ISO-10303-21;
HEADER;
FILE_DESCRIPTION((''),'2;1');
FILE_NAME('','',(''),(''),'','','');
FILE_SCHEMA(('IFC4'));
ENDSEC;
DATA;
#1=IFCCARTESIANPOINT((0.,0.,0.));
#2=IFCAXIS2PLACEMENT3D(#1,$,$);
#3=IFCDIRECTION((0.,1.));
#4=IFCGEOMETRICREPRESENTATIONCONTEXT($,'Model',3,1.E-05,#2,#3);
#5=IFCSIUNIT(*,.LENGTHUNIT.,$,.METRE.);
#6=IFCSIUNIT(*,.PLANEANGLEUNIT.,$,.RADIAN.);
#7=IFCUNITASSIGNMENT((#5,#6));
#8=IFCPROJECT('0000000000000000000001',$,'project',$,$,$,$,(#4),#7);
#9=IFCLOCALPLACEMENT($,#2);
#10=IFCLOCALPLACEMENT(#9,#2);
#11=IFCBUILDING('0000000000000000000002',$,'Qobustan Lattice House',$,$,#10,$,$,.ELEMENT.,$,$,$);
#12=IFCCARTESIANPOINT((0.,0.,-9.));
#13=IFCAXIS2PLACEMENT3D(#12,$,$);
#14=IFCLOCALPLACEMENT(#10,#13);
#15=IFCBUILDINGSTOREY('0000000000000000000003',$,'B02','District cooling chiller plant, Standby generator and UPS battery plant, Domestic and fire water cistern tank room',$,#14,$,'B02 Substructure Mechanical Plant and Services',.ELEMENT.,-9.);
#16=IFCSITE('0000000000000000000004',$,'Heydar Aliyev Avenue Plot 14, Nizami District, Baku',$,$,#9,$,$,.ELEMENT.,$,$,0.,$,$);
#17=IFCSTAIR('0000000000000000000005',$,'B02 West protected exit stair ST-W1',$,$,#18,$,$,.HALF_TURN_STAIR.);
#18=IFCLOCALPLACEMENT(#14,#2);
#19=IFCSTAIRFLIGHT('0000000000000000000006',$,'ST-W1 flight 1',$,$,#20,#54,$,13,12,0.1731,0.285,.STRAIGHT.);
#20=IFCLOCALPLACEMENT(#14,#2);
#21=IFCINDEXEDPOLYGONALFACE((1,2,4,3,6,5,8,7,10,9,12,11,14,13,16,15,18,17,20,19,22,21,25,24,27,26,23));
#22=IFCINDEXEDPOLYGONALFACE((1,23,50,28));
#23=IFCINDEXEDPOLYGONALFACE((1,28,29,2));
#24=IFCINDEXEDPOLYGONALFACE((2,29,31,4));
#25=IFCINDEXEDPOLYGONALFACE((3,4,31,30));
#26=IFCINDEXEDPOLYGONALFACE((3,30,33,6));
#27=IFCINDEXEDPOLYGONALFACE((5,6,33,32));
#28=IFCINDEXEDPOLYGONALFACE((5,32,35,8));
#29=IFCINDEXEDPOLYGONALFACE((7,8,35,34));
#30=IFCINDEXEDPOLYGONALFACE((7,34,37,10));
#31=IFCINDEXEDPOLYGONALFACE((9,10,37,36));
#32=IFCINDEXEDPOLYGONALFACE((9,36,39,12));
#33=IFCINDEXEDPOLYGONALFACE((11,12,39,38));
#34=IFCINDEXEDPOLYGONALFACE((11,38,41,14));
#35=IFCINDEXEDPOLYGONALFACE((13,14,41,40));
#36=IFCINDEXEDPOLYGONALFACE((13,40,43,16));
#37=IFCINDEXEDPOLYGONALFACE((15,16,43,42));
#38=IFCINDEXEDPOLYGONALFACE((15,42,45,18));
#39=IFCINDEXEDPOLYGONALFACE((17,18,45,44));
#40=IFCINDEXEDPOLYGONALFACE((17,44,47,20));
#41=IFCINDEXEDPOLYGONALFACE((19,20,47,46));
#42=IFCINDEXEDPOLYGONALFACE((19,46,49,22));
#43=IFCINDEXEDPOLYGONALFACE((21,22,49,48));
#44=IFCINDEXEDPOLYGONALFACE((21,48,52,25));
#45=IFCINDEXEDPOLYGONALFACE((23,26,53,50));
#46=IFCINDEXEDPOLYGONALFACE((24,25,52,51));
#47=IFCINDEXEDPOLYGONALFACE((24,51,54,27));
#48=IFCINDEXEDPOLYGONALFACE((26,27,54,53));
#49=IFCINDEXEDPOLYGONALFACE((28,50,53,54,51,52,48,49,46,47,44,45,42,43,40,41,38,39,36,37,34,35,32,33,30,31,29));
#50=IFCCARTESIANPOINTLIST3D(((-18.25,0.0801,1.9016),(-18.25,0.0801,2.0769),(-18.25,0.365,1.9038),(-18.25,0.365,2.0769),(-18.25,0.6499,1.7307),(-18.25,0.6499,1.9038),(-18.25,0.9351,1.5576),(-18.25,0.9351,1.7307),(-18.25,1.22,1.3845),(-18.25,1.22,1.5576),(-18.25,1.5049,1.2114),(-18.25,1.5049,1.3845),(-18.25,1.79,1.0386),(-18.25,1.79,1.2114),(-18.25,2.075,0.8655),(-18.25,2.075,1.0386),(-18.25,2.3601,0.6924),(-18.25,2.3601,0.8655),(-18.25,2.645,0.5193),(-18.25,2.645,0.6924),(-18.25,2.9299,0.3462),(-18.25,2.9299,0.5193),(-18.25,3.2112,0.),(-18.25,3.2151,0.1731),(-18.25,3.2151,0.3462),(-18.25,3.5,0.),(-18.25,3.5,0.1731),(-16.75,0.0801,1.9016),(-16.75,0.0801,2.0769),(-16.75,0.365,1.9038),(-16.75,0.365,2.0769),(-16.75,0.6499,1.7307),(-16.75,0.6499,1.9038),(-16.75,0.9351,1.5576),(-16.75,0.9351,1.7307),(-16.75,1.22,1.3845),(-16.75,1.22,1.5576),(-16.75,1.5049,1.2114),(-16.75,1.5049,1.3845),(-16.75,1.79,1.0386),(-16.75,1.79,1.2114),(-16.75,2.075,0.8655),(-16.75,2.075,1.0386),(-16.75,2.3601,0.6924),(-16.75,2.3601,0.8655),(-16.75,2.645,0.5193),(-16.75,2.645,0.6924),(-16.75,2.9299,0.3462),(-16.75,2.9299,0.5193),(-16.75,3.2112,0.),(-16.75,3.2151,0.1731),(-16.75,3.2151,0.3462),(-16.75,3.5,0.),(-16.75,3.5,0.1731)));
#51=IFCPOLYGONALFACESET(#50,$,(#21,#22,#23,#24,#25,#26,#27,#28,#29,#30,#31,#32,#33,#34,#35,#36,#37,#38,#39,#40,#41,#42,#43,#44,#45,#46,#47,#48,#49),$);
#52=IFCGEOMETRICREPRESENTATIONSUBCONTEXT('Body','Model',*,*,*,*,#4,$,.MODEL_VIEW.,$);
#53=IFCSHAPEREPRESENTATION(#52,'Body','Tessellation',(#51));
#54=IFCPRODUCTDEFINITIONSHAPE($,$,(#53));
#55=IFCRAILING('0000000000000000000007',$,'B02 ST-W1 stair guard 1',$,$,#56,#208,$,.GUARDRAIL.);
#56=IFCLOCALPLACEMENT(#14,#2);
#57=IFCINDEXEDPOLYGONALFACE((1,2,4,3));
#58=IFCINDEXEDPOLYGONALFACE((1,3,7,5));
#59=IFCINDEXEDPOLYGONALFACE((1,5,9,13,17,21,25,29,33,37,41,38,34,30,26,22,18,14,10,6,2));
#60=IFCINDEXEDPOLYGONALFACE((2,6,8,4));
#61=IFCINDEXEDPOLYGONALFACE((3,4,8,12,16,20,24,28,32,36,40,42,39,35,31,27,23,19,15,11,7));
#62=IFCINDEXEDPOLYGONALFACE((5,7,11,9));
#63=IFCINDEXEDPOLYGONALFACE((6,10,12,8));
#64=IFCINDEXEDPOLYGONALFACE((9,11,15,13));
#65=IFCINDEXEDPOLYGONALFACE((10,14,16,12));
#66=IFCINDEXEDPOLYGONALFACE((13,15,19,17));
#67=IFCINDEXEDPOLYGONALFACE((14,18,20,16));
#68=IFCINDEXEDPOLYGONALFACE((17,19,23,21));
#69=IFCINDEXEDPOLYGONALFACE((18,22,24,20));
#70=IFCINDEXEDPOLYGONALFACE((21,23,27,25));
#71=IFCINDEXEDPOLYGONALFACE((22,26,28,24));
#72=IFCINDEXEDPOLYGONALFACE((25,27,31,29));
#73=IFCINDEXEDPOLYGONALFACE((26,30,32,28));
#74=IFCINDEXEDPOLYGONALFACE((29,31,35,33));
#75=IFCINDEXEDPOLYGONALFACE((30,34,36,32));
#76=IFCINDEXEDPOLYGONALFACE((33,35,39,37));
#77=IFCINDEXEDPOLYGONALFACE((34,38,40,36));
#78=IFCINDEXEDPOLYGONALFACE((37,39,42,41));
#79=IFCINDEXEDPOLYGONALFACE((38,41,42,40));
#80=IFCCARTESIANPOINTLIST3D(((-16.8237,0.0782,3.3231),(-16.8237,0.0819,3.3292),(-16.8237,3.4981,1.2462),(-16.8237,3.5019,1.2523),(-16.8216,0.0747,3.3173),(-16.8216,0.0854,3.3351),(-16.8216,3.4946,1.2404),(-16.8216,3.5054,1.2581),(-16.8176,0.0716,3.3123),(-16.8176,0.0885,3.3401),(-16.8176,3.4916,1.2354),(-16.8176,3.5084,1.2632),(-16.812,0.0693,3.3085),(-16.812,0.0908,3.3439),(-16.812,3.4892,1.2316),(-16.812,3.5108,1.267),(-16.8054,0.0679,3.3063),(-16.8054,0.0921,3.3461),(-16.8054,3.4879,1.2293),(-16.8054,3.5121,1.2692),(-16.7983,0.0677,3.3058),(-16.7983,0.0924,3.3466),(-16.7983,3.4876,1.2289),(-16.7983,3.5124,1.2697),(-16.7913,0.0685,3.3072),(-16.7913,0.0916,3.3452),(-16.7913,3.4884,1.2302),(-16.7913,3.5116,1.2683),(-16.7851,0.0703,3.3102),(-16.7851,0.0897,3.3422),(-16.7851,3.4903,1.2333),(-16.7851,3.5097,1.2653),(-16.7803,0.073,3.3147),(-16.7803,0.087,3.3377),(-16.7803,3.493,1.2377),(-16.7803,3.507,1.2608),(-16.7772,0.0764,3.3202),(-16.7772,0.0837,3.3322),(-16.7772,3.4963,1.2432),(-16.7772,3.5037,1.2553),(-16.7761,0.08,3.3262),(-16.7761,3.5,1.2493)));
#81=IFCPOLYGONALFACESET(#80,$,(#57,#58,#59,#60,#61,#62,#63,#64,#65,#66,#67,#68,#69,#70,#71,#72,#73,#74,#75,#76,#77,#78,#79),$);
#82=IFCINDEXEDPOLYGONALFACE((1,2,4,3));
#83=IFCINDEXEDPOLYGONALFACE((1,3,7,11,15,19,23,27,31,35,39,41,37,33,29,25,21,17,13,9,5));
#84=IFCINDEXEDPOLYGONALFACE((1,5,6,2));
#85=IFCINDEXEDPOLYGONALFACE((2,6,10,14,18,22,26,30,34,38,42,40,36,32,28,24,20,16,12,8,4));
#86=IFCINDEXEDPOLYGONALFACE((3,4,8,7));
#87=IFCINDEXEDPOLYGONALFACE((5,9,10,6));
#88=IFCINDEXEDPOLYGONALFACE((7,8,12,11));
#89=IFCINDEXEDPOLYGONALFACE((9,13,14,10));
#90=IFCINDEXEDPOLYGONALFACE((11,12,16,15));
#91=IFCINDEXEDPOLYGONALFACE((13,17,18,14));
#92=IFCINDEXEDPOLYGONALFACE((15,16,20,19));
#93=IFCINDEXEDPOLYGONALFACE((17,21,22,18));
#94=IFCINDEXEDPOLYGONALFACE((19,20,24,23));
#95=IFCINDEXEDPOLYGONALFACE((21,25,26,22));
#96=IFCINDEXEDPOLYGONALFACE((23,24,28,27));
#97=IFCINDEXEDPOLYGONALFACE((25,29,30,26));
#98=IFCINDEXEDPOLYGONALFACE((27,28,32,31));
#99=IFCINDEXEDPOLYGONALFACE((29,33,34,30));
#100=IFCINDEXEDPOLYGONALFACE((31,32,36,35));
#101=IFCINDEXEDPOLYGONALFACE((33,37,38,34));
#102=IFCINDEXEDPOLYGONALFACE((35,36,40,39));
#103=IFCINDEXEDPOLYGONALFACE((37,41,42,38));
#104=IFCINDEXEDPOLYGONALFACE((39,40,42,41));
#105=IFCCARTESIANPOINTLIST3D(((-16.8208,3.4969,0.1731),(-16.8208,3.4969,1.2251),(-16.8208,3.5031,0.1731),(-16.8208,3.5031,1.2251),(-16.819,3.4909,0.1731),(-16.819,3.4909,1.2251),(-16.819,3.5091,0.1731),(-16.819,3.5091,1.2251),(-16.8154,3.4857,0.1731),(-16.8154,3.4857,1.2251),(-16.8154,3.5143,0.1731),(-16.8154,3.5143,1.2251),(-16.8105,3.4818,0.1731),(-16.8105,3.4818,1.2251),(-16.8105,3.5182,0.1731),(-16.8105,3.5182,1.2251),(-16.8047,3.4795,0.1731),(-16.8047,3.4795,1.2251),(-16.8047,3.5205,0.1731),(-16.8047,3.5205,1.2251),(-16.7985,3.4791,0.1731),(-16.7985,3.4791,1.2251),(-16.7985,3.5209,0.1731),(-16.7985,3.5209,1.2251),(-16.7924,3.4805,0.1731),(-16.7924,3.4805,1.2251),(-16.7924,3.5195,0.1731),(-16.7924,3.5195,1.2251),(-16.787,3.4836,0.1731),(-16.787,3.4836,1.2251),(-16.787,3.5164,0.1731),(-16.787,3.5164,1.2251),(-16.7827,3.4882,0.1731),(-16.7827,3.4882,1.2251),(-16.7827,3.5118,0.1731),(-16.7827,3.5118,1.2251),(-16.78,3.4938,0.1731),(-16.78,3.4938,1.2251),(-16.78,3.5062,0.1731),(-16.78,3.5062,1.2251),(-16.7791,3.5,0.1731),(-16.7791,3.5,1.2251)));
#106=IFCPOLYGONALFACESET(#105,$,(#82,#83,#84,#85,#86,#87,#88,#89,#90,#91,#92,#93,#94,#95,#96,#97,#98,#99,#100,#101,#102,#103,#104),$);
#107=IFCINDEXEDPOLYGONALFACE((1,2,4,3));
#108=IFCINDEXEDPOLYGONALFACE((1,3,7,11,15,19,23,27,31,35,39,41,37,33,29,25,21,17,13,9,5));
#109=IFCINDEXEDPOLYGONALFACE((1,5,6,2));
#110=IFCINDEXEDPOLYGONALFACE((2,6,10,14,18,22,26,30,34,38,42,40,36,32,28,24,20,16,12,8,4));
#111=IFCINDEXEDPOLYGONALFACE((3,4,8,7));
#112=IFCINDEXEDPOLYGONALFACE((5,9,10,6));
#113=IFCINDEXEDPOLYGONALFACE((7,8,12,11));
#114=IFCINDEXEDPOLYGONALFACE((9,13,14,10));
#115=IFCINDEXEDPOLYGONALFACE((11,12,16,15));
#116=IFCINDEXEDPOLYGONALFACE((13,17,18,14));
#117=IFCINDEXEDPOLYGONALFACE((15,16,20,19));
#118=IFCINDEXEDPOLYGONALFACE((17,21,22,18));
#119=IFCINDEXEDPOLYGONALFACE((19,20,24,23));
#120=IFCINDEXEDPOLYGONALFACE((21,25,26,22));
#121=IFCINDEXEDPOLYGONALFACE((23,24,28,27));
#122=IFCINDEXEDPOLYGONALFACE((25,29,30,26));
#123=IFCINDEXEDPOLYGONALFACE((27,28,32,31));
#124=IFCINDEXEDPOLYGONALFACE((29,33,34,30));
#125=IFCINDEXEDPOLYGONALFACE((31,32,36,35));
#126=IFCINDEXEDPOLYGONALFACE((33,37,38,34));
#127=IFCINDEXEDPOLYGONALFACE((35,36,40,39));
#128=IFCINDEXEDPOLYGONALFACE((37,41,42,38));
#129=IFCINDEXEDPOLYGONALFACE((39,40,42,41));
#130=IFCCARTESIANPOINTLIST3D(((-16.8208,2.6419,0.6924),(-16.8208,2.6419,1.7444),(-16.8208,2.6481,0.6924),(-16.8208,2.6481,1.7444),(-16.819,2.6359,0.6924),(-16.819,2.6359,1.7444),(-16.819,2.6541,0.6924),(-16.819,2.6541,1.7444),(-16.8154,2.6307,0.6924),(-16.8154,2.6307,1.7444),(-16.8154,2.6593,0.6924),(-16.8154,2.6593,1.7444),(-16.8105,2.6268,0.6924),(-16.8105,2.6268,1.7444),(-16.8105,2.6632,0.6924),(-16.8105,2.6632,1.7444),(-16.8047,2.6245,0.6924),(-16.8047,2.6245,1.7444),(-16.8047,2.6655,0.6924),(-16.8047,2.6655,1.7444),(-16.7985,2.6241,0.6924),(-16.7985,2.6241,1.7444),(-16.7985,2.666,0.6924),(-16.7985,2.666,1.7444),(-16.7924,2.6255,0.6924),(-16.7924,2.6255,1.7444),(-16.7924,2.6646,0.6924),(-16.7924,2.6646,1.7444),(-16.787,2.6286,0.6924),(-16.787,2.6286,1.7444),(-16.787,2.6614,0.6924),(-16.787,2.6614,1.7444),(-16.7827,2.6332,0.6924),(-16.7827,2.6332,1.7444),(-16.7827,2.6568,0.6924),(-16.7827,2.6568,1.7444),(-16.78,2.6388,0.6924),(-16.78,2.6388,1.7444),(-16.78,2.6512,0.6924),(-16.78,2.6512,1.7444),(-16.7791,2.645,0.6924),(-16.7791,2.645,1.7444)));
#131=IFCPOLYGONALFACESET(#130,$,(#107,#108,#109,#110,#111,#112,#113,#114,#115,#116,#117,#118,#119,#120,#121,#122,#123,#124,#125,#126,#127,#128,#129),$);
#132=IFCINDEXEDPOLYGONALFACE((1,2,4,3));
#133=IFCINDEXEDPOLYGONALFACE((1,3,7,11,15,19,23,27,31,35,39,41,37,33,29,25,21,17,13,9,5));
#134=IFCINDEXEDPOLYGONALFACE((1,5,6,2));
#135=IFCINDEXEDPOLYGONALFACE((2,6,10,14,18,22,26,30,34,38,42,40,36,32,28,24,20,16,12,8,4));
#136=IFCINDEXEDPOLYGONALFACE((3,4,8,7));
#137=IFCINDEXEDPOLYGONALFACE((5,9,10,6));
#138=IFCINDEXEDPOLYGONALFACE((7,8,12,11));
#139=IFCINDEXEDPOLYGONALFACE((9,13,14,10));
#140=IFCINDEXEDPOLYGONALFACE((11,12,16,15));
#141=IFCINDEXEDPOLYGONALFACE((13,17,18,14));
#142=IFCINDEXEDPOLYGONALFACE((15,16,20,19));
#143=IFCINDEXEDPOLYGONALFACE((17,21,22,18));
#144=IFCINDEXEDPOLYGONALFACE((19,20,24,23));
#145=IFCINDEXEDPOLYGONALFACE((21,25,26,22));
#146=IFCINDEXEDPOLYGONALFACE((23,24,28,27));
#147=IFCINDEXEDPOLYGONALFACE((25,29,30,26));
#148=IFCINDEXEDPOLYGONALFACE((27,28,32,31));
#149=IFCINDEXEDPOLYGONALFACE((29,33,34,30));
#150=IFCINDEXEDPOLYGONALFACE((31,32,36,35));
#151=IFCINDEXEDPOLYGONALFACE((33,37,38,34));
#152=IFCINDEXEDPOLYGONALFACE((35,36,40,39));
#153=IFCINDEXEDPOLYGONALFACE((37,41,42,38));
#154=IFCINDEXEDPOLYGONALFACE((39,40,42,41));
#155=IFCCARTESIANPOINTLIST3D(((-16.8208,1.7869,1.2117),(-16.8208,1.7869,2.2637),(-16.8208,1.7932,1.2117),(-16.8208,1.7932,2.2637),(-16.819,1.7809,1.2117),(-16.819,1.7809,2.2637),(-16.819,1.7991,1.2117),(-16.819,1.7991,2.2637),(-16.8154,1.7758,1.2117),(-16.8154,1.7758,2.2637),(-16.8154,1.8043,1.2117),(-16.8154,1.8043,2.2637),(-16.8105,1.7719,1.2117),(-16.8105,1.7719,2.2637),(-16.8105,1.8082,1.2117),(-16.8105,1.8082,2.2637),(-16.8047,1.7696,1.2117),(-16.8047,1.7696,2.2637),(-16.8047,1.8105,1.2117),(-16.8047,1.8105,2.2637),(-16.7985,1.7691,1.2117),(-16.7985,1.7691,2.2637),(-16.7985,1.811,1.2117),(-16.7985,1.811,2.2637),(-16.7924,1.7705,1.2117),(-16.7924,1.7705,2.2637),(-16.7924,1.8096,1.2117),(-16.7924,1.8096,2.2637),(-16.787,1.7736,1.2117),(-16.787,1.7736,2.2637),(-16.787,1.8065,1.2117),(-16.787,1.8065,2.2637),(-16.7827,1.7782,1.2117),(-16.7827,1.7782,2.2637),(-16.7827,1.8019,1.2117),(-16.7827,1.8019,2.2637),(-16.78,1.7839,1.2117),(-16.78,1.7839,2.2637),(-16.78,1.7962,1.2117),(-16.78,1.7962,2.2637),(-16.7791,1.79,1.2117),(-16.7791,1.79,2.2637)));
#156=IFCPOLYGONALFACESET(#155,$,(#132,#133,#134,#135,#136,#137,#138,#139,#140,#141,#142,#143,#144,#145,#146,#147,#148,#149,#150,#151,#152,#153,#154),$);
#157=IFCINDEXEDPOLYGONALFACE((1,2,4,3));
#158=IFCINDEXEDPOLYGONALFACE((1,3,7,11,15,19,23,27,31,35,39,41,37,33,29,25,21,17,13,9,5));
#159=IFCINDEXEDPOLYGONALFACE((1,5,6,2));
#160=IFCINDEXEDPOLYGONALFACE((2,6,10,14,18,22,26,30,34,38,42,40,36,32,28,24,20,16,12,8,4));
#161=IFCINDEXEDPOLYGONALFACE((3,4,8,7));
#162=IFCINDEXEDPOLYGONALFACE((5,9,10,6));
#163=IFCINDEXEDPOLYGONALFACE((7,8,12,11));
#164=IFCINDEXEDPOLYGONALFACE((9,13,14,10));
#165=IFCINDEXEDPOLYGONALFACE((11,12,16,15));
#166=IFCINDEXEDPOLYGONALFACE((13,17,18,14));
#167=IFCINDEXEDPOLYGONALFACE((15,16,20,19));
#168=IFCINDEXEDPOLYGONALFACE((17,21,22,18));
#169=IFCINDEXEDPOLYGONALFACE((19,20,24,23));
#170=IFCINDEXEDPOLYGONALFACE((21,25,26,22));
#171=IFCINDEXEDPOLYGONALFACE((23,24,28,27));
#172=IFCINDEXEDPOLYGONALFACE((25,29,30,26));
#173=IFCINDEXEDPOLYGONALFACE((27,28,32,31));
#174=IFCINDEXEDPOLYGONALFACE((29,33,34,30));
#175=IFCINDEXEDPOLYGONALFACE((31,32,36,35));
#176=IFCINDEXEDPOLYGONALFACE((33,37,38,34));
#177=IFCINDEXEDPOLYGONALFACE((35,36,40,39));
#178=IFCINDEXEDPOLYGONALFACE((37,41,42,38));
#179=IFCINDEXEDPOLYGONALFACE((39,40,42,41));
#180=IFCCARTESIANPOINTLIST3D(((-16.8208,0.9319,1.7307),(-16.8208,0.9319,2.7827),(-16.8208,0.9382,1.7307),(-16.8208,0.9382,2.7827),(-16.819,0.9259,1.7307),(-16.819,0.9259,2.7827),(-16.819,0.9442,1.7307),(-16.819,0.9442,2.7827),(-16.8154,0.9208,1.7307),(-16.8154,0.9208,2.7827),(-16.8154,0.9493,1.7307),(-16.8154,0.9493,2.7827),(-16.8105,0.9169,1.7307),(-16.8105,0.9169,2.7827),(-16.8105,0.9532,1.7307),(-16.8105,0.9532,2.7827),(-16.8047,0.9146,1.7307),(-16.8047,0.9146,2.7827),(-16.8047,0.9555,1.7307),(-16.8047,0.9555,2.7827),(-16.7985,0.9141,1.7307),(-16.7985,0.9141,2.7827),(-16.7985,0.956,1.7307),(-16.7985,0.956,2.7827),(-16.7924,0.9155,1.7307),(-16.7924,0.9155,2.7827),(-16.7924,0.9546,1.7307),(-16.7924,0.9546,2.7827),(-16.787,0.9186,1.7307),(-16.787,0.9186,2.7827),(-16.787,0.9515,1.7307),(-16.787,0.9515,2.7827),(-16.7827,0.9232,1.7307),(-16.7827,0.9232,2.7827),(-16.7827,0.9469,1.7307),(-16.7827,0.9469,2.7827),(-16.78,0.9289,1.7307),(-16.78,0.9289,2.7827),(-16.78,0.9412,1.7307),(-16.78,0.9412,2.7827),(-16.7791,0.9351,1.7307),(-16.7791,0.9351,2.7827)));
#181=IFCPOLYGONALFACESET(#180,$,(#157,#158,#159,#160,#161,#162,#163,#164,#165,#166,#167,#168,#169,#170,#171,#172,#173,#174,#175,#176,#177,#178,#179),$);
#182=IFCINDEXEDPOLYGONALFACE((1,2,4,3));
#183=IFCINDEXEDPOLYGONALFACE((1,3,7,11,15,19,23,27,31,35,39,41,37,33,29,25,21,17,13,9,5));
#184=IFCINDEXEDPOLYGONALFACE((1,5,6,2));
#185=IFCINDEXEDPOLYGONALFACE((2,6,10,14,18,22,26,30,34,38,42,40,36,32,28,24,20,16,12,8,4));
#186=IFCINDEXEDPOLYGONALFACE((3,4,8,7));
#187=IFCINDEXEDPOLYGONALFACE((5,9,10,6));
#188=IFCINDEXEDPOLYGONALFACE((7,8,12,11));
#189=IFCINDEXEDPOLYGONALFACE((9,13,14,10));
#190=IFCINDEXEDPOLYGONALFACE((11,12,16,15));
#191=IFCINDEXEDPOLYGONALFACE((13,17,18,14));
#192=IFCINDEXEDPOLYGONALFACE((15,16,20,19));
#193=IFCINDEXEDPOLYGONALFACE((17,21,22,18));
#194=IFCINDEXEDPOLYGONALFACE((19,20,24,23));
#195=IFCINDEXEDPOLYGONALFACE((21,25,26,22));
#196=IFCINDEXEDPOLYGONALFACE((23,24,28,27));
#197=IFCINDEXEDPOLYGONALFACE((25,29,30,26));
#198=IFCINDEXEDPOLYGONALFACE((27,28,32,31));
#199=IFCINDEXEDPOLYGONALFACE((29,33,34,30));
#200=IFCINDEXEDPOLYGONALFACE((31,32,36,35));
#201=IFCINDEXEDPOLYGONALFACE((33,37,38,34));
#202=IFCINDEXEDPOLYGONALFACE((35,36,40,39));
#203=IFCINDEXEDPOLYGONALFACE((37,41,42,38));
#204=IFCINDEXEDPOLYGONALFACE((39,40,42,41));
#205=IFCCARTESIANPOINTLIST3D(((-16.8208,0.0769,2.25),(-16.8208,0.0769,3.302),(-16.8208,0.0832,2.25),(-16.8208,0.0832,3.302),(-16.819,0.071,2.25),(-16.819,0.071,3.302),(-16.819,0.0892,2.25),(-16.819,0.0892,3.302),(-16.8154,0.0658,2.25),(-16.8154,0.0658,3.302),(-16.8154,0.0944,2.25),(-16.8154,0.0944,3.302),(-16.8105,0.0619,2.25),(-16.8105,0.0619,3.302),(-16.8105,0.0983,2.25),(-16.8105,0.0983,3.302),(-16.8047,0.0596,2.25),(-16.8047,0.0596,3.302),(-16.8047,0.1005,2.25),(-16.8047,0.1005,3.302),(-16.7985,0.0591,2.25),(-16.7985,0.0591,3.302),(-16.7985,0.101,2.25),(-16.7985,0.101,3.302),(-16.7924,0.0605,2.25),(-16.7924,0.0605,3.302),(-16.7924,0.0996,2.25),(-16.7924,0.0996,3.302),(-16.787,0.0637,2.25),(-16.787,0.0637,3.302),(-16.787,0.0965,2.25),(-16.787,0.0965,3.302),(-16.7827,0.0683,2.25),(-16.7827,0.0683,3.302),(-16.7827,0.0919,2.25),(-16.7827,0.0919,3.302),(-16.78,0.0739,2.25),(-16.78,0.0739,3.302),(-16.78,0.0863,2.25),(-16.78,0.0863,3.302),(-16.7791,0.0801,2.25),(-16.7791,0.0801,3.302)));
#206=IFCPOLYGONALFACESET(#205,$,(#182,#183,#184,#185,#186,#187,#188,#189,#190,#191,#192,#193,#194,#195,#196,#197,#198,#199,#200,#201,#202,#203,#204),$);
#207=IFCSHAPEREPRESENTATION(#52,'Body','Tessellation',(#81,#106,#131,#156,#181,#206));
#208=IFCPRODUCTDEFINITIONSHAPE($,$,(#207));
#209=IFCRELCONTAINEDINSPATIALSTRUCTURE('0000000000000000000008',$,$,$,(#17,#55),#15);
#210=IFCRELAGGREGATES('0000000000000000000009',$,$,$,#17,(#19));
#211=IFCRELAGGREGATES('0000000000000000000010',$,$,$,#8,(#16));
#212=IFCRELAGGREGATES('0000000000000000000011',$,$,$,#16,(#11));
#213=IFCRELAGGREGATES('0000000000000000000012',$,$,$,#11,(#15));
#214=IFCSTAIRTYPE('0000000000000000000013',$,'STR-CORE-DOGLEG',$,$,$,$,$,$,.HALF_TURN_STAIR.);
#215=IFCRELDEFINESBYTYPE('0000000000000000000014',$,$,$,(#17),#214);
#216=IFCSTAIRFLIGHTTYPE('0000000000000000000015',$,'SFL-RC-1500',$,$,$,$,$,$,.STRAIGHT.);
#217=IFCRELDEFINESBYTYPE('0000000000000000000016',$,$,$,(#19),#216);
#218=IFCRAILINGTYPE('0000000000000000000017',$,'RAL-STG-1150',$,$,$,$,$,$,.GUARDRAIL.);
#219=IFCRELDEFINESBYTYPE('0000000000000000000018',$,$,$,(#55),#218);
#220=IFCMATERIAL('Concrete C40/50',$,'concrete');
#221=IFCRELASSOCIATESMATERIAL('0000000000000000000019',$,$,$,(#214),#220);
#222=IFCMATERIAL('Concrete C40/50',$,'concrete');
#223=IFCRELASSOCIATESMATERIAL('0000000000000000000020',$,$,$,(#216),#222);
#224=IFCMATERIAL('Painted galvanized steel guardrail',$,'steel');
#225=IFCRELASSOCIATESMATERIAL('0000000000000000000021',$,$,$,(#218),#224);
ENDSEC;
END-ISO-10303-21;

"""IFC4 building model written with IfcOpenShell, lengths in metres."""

from ifc_helpers import new_model, si_unit, direction, frame, origin, origin_2d, place, context, subcontext, project, spatial, polyline, circle, outline, extrude, material, type_object, element, aggregate, save


model = new_model("IFC4")

# Units and contexts
model_context = context("Model", 3, precision=1e-05, world=origin(), true_north=direction((0.0, 1.0)))
body_context = subcontext(model_context, "Body", "Model", "MODEL_VIEW")
ifc_project = project(units=[si_unit("LENGTHUNIT", "METRE"), si_unit("PLANEANGLEUNIT", "RADIAN")], contexts=[model_context])

# Site, building, storey
site_placement = place(None, origin())
site = spatial("IfcSite", under=ifc_project, at=site_placement, Name="Heydar Aliyev Avenue Plot 14, Nizami District, Baku", CompositionType="ELEMENT", RefElevation=0.0)
building_placement = place(site_placement, origin())
building = spatial("IfcBuilding", under=site, at=building_placement, Name="Qobustan Lattice House", CompositionType="ELEMENT")
storey_placement = place(building_placement, frame((0.0, 0.0, -9.0)))
storey = spatial("IfcBuildingStorey", under=building, at=storey_placement, Name="B02", Description="District cooling chiller plant, Standby generator and UPS battery plant, Domestic and fire water cistern tank room", LongName="B02 Substructure Mechanical Plant and Services", CompositionType="ELEMENT", Elevation=-9.0)

# Stair, stair flight
ifc_material_1 = material(Name="Concrete C40/50", Category="concrete")
stair_type = type_object("IfcStairType", Name="STR-CORE-DOGLEG", PredefinedType="HALF_TURN_STAIR", material=ifc_material_1)
stair_placement = place(storey_placement, origin())
stair = element("IfcStair", 1, at=stair_placement, inside=storey, type_object=stair_type, Name="B02 West protected exit stair ST-W1", PredefinedType="HALF_TURN_STAIR")
ifc_material_2 = material(Name="Concrete C40/50", Category="concrete")
stair_flight_type = type_object("IfcStairFlightType", Name="SFL-RC-1500", PredefinedType="STRAIGHT", material=ifc_material_2)
stair_flight_placement = place(storey_placement, frame((-17.5, 3.5, 0.0), z_axis=(0.0, 0.0, 1.0), x_axis=(0.0, -1.0, 0.0)))
stair_flight = element("IfcStairFlight", 2, at=stair_flight_placement, type_object=stair_flight_type, Name="ST-W1 flight 1", NumberOfRisers=13, NumberOfTreads=12, PredefinedType="STRAIGHT", RiserHeight=0.1731, TreadLength=0.285, context=body_context, shape_type="SweptSolid", body=[
    extrude(outline(polyline([(0.0, 0.0), (0.0, 0.1731), (0.2849, 0.1731), (0.2849, 0.3462), (0.5701, 0.3462), (0.5701, 0.5193), (0.855, 0.5193), (0.855, 0.6924), (1.1399, 0.6924), (1.1399, 0.8655), (1.425, 0.8655), (1.425, 1.0386), (1.71, 1.0386), (1.71, 1.2114), (1.9951, 1.2114), (1.9951, 1.3845), (2.28, 1.3845), (2.28, 1.5576), (2.5649, 1.5576), (2.5649, 1.7307), (2.8501, 1.7307), (2.8501, 1.9038), (3.135, 1.9038), (3.135, 2.0769), (3.4199, 2.0769), (3.4199, 2.25), (3.4199, 1.9016), (0.2888, 0.0), (0.0, 0.0)])), frame((0.0, 0.75, 0.0), z_axis=(0.0, -1.0, 0.0), x_axis=(1.0, 0.0, 0.0)), (0.0, 0.0, 1.0), 1.5),
])
aggregate(stair, [stair_flight])

# Railing
ifc_material_3 = material(Name="Painted galvanized steel guardrail", Category="steel")
railing_type = type_object("IfcRailingType", Name="RAL-STG-1150", PredefinedType="GUARDRAIL", material=ifc_material_3)
railing_1_placement = place(storey_placement, frame((-16.8, 3.5, 0.1731)))
element("IfcRailing", 3, at=railing_1_placement, inside=storey, type_object=railing_type, Name="B02 ST-W1 stair guard 1", PredefinedType="GUARDRAIL", context=body_context, shape_type="SweptSolid", body=[
    extrude(circle(Radius=0.0239, at=origin_2d()), frame((0.0, 0.0, 1.0762), z_axis=(0.0, -0.85473, 0.519074), x_axis=(1.0, 0.0, 0.0)), (0.0, 0.0, 1.0), 4.0012),
    extrude(circle(Radius=0.021, at=origin_2d()), origin(), (0.0, 0.0, 1.0), 1.052),
    extrude(circle(Radius=0.021, at=origin_2d()), frame((0.0, -0.855, 0.5193)), (0.0, 0.0, 1.0), 1.052),
    extrude(circle(Radius=0.021, at=origin_2d()), frame((0.0, -1.71, 1.0386)), (0.0, 0.0, 1.0), 1.052),
    extrude(circle(Radius=0.021, at=origin_2d()), frame((0.0, -2.5649, 1.5576)), (0.0, 0.0, 1.0), 1.052),
    extrude(circle(Radius=0.021, at=origin_2d()), frame((0.0, -3.4199, 2.0769)), (0.0, 0.0, 1.0), 1.052),
])

save(model, "model.ifc")
